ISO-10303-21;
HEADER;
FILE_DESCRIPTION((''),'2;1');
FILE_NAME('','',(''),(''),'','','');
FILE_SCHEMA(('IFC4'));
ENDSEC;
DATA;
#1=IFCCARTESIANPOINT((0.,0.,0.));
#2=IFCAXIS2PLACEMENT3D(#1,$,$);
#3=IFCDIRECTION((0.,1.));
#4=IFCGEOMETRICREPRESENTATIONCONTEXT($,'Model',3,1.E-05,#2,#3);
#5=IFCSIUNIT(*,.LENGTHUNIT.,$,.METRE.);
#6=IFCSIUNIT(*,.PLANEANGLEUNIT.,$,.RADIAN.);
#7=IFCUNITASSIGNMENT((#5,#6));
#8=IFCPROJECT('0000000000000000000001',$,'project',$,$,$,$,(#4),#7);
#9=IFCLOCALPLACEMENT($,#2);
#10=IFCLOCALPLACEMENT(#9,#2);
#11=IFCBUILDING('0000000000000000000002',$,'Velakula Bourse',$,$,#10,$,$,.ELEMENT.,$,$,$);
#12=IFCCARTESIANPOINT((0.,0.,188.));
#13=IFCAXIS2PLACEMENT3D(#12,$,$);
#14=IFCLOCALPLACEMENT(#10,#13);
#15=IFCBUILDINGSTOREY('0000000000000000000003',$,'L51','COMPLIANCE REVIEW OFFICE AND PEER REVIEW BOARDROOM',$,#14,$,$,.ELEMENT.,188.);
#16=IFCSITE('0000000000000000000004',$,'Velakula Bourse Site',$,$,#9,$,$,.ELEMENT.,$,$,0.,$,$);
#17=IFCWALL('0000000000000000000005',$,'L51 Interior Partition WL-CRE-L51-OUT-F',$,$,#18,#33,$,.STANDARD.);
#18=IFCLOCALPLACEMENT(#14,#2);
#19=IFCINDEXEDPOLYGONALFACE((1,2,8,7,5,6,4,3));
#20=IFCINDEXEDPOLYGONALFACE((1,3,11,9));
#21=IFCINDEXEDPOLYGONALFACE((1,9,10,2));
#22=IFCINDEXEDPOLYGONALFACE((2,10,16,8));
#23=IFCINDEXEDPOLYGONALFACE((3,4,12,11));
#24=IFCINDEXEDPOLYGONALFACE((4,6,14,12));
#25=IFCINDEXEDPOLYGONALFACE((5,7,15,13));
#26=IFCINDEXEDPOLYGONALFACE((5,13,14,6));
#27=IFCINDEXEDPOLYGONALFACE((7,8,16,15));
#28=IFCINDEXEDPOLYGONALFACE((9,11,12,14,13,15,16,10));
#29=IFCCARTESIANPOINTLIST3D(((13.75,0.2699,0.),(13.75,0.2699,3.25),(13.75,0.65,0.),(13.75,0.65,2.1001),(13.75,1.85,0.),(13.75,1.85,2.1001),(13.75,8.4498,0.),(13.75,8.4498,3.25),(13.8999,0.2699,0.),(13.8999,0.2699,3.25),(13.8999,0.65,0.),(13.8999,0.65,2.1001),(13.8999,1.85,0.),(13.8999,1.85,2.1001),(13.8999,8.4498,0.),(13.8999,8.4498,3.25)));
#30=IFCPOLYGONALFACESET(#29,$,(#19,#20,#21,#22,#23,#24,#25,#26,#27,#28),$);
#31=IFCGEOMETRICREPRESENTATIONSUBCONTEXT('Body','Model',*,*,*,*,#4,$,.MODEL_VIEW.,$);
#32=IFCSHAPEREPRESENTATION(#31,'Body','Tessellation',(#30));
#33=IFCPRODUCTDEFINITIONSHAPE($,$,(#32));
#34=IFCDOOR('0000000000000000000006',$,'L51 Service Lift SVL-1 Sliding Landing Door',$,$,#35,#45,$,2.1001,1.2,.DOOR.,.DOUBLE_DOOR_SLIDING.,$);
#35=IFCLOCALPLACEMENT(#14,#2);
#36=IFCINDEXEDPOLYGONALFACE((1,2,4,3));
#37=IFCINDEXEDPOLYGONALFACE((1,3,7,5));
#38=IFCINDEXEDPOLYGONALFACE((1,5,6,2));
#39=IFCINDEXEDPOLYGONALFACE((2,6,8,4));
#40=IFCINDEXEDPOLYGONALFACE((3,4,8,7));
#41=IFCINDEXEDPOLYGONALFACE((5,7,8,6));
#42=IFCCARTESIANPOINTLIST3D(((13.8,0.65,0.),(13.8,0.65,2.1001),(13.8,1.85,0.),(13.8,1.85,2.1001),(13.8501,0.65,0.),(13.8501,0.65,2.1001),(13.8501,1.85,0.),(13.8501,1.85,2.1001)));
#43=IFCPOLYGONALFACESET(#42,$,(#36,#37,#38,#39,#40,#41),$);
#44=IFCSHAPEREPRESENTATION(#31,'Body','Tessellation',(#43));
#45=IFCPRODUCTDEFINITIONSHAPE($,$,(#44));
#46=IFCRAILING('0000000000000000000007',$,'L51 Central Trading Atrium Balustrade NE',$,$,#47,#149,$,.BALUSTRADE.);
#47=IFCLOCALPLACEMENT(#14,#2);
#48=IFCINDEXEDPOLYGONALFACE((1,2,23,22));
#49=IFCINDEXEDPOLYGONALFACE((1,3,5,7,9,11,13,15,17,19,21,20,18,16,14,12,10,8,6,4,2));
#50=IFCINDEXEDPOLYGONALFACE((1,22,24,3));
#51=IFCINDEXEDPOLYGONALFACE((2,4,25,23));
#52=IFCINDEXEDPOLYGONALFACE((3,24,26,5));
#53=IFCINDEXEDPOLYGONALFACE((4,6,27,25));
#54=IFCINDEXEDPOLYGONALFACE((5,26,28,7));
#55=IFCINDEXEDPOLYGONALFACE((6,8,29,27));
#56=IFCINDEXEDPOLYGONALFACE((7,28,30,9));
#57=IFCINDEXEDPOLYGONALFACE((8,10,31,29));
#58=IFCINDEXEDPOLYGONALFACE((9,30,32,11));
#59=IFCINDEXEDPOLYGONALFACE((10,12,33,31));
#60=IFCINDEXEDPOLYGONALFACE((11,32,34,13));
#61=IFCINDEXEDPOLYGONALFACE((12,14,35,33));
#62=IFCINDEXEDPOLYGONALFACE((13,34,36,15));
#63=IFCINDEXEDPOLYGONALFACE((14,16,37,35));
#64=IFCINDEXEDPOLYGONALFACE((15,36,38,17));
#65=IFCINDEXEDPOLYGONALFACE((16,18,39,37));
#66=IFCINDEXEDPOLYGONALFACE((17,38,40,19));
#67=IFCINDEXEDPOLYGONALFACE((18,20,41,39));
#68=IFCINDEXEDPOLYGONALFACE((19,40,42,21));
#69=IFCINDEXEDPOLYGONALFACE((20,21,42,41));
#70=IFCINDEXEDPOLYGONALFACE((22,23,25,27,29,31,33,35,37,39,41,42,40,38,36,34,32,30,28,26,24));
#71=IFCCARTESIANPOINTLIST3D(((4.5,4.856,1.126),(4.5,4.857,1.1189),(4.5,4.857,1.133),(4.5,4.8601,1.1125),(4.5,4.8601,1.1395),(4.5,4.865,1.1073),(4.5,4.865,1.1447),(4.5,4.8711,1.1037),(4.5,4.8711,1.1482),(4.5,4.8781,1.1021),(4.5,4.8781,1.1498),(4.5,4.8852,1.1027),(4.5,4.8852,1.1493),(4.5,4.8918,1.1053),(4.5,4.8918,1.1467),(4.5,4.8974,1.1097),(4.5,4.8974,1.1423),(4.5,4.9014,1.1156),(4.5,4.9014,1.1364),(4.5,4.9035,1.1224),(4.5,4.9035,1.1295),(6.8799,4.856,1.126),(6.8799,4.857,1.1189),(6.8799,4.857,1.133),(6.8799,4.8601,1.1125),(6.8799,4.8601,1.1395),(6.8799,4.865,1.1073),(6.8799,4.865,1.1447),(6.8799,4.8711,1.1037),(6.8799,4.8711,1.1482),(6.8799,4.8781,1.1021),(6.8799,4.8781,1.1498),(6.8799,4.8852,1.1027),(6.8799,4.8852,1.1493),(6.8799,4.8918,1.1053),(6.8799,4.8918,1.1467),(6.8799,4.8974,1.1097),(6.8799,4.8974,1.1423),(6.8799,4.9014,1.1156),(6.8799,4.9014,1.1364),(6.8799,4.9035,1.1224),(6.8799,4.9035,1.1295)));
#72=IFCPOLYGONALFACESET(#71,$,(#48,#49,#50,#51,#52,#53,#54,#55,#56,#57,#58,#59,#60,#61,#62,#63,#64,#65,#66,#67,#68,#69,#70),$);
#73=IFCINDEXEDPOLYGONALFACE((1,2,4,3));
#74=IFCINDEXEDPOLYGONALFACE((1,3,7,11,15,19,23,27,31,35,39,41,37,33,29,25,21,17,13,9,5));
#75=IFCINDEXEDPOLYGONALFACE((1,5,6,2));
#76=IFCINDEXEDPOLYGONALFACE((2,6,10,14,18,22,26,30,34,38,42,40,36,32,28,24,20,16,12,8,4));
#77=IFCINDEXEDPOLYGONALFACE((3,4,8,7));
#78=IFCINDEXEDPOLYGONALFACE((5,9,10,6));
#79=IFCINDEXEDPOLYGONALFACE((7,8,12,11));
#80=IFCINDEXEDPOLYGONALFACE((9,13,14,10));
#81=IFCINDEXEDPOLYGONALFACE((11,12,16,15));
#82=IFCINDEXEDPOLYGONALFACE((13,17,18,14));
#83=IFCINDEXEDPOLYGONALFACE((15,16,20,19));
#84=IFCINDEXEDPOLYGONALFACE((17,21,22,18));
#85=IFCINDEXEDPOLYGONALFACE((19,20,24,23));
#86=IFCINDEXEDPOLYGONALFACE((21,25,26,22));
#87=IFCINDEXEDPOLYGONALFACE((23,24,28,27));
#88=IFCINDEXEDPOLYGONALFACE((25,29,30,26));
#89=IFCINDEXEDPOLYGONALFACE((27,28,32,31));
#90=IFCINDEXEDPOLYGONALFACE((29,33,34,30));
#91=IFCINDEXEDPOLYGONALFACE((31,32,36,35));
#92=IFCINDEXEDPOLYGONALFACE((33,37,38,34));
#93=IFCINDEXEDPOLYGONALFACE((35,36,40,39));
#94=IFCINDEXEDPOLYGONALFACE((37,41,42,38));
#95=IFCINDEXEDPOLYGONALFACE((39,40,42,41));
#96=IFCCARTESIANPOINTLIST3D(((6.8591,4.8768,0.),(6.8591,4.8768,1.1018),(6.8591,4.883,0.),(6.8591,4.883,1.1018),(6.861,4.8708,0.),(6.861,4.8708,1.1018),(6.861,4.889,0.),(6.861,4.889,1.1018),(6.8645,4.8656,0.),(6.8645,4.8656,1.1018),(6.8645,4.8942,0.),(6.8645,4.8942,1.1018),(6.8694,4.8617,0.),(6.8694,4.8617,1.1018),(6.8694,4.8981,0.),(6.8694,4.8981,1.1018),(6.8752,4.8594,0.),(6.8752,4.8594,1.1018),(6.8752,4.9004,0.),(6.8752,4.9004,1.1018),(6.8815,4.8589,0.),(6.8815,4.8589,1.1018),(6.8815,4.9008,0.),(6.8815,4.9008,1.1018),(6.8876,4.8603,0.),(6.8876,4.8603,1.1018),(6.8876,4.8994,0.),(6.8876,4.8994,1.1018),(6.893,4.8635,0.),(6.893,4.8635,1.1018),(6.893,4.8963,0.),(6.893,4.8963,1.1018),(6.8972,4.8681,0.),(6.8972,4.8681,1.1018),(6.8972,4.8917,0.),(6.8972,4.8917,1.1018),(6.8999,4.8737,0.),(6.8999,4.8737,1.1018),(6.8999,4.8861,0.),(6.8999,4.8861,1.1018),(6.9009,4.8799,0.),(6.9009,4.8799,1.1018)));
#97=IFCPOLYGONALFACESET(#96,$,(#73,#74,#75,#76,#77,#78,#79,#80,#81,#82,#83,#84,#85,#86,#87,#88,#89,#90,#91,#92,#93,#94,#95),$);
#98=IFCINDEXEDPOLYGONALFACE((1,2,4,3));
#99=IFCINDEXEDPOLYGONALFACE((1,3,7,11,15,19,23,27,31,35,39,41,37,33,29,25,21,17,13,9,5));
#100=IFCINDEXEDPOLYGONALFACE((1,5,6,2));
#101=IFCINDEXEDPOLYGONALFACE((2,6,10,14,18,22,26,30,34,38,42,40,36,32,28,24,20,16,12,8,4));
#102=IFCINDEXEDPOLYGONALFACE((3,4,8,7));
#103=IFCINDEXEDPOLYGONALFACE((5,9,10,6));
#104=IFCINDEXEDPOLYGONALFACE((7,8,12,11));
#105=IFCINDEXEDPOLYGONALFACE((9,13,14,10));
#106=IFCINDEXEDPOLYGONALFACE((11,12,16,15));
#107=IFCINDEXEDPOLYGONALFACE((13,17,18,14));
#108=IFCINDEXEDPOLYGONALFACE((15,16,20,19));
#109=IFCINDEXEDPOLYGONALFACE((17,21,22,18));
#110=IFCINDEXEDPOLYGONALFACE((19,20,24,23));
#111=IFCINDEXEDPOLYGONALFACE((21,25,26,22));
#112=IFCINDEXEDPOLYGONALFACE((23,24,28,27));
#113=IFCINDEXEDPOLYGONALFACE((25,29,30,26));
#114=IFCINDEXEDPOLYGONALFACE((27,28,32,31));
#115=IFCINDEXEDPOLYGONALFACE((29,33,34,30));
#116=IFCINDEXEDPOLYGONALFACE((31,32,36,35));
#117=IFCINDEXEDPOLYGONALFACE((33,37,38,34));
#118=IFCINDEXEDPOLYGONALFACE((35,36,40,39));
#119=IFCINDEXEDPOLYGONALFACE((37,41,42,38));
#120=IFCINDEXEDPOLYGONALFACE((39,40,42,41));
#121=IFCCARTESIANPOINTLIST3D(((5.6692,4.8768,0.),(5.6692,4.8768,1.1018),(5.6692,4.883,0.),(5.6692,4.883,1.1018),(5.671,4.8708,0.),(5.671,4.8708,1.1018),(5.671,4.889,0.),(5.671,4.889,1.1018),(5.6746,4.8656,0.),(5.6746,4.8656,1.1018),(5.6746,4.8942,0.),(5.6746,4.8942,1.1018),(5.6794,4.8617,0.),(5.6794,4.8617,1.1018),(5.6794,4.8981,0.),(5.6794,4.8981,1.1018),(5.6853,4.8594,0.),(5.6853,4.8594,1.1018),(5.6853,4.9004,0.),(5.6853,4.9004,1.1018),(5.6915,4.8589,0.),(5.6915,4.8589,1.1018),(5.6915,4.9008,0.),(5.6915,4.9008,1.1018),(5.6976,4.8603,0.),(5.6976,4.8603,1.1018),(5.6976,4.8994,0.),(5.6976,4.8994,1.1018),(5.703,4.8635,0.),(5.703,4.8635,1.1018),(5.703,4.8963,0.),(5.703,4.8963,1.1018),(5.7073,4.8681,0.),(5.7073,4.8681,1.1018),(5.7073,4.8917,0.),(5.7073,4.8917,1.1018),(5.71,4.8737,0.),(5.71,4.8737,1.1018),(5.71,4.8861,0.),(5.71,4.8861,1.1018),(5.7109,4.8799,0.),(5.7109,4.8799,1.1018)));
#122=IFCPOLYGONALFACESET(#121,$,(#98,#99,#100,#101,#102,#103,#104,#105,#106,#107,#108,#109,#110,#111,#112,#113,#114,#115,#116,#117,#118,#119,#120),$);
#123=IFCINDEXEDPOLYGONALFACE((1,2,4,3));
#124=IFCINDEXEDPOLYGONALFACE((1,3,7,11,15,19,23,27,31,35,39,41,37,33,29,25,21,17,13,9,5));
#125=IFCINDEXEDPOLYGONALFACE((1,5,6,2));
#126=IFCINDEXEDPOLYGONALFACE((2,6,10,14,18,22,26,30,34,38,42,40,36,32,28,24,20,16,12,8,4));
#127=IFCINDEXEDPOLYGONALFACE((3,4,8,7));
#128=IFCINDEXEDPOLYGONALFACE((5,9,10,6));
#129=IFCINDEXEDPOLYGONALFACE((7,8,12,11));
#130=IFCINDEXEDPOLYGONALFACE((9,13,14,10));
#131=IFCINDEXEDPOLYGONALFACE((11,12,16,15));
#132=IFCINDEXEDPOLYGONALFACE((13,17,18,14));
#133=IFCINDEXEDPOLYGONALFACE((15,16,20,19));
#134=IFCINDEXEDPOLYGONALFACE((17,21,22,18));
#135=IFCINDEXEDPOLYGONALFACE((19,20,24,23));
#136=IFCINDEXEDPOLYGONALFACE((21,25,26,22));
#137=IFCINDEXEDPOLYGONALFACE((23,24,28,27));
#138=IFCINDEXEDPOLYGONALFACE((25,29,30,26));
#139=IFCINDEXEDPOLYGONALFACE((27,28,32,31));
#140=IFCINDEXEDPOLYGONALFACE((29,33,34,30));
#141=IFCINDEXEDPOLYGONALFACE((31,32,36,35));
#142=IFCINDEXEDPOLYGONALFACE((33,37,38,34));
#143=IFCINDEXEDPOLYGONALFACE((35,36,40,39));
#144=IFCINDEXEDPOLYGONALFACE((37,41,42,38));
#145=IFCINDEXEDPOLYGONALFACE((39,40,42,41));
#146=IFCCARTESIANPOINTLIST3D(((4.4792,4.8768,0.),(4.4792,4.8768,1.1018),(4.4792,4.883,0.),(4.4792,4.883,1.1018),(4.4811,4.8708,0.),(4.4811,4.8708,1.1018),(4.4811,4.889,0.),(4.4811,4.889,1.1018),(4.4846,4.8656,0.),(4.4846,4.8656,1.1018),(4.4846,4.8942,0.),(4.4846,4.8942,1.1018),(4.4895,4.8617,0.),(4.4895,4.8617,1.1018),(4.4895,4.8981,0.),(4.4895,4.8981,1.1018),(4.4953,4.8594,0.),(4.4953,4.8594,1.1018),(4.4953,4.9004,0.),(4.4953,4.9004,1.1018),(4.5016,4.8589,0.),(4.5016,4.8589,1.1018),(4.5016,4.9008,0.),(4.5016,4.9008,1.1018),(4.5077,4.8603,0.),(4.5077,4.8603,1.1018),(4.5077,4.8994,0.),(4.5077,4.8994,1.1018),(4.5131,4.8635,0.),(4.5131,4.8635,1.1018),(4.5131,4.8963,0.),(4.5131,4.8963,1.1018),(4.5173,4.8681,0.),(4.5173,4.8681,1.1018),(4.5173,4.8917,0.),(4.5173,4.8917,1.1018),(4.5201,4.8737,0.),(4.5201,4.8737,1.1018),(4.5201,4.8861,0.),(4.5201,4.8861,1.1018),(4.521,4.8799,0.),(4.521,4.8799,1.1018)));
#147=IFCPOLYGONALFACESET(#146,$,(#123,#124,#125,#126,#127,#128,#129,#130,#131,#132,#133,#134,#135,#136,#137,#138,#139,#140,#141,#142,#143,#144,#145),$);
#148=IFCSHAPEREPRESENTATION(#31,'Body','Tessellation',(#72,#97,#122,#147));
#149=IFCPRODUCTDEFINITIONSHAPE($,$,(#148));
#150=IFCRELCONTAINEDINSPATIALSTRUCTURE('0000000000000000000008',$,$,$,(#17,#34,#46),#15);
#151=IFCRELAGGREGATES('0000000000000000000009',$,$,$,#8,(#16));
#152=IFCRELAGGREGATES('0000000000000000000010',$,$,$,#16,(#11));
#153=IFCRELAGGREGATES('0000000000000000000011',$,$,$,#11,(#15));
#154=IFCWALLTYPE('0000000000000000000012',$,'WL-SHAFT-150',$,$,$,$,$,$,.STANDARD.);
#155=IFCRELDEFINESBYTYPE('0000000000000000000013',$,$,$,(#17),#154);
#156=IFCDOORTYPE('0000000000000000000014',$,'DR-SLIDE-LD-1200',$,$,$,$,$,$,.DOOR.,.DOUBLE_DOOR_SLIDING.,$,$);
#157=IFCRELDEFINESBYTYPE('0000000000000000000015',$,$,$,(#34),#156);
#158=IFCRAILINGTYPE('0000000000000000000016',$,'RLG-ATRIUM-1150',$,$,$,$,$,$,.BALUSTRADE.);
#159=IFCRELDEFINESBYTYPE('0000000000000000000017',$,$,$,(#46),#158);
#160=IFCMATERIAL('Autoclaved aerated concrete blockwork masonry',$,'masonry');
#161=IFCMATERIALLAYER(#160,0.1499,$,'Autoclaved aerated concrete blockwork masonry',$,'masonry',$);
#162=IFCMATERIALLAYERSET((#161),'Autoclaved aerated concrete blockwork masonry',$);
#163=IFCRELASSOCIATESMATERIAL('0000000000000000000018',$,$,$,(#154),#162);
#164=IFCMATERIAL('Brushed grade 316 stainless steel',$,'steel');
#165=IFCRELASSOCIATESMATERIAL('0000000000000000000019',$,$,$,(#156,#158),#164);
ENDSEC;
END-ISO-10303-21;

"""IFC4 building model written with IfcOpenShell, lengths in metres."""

from ifc_helpers import new_model, si_unit, direction, frame, frame_2d, origin, origin_2d, place, context, subcontext, project, spatial, rectangle, circle, extrude, material, layer, layer_set, type_object, element, fill, save


model = new_model("IFC4")

# Units and contexts
model_context = context("Model", 3, precision=1e-05, world=origin(), true_north=direction((0.0, 1.0)))
body_context = subcontext(model_context, "Body", "Model", "MODEL_VIEW")
ifc_project = project(units=[si_unit("LENGTHUNIT", "METRE"), si_unit("PLANEANGLEUNIT", "RADIAN")], contexts=[model_context])

# Site, building, storey
site_placement = place(None, origin())
site = spatial("IfcSite", under=ifc_project, at=site_placement, Name="Velakula Bourse Site", CompositionType="ELEMENT", RefElevation=0.0)
building_placement = place(site_placement, origin())
building = spatial("IfcBuilding", under=site, at=building_placement, Name="Velakula Bourse", CompositionType="ELEMENT")
storey_placement = place(building_placement, frame((0.0, 0.0, 188.0)))
storey = spatial("IfcBuildingStorey", under=building, at=storey_placement, Name="L51", Description="COMPLIANCE REVIEW OFFICE AND PEER REVIEW BOARDROOM", CompositionType="ELEMENT", Elevation=188.0)

# Shared definitions
ifc_material_1 = material(Name="Autoclaved aerated concrete blockwork masonry", Category="masonry")
ifc_layer_1 = layer(ifc_material_1, 0.1499, Name="Autoclaved aerated concrete blockwork masonry", Category="masonry")
ifc_layer_set_1 = layer_set([ifc_layer_1], Name="Autoclaved aerated concrete blockwork masonry")
wall_type_1 = type_object("IfcWallType", Name="WL-SHAFT-150", PredefinedType="STANDARD", material=ifc_layer_set_1)

# Shared definitions
ifc_material_2 = material(Name="Brushed grade 316 stainless steel", Category="steel")

# Wall, opening, door
wall_1_placement = place(storey_placement, frame((13.825, 0.27, 0.0), z_axis=(0.0, 0.0, 1.0), x_axis=(0.0, 1.0, 0.0)))
wall_1 = element("IfcWall", 1, at=wall_1_placement, inside=storey, type_object=wall_type_1, Name="L51 Interior Partition WL-CRE-L51-OUT-F", PredefinedType="STANDARD", context=body_context, shape_type="SweptSolid", body=[
    extrude(rectangle(XDim=8.1799, YDim=0.1499, at=frame_2d((4.0898, 0.0))), origin(), (0.0, 0.0, 1.0), 3.25),
])
opening_1_placement = place(wall_1_placement, frame((0.3799, 0.0, 0.0)))
opening_1 = element("IfcOpeningElement", 2, at=opening_1_placement, cuts=wall_1, PredefinedType="OPENING", context=body_context, shape_type="SweptSolid", body=[
    extrude(rectangle(XDim=1.2, YDim=2.1001, at=frame_2d((0.6001, 1.05))), frame((0.0, 0.085, 0.0), z_axis=(0.0, -1.0, 0.0), x_axis=(1.0, 0.0, 0.0)), (0.0, 0.0, 1.0), 0.1699),
])
door_type_1 = type_object("IfcDoorType", Name="DR-SLIDE-LD-1200", OperationType="DOUBLE_DOOR_SLIDING", PredefinedType="DOOR", material=ifc_material_2)
door_1_placement = place(opening_1_placement, origin())
door_1 = element("IfcDoor", 3, at=door_1_placement, inside=storey, type_object=door_type_1, Name="L51 Service Lift SVL-1 Sliding Landing Door", OperationType="DOUBLE_DOOR_SLIDING", OverallHeight=2.1001, OverallWidth=1.2, PredefinedType="DOOR", context=body_context, shape_type="SweptSolid", body=[
    extrude(rectangle(XDim=1.2, YDim=2.1001, at=frame_2d((0.6001, 1.05))), frame((0.0, 0.0249, 0.0), z_axis=(0.0, -1.0, 0.0), x_axis=(1.0, 0.0, 0.0)), (0.0, 0.0, 1.0), 0.05),
])
fill(opening_1, door_1)

# Railing
railing_type = type_object("IfcRailingType", Name="RLG-ATRIUM-1150", PredefinedType="BALUSTRADE", material=ifc_material_2)
railing_placement = place(storey_placement, frame((6.8799, 4.8799, 0.0)))
element("IfcRailing", 4, at=railing_placement, inside=storey, type_object=railing_type, Name="L51 Central Trading Atrium Balustrade NE", PredefinedType="BALUSTRADE", context=body_context, shape_type="SweptSolid", body=[
    extrude(circle(Radius=0.0239, at=origin_2d()), frame((0.0, 0.0, 1.126), z_axis=(-1.0, 0.0, 0.0), x_axis=(0.0, -1.0, 0.0)), (0.0, 0.0, 1.0), 2.3799),
    extrude(circle(Radius=0.021, at=origin_2d()), origin(), (0.0, 0.0, 1.0), 1.1018),
    extrude(circle(Radius=0.021, at=origin_2d()), frame((-1.1899, 0.0, 0.0)), (0.0, 0.0, 1.0), 1.1018),
    extrude(circle(Radius=0.021, at=origin_2d()), frame((-2.3799, 0.0, 0.0)), (0.0, 0.0, 1.0), 1.1018),
])

save(model, "model.ifc")
